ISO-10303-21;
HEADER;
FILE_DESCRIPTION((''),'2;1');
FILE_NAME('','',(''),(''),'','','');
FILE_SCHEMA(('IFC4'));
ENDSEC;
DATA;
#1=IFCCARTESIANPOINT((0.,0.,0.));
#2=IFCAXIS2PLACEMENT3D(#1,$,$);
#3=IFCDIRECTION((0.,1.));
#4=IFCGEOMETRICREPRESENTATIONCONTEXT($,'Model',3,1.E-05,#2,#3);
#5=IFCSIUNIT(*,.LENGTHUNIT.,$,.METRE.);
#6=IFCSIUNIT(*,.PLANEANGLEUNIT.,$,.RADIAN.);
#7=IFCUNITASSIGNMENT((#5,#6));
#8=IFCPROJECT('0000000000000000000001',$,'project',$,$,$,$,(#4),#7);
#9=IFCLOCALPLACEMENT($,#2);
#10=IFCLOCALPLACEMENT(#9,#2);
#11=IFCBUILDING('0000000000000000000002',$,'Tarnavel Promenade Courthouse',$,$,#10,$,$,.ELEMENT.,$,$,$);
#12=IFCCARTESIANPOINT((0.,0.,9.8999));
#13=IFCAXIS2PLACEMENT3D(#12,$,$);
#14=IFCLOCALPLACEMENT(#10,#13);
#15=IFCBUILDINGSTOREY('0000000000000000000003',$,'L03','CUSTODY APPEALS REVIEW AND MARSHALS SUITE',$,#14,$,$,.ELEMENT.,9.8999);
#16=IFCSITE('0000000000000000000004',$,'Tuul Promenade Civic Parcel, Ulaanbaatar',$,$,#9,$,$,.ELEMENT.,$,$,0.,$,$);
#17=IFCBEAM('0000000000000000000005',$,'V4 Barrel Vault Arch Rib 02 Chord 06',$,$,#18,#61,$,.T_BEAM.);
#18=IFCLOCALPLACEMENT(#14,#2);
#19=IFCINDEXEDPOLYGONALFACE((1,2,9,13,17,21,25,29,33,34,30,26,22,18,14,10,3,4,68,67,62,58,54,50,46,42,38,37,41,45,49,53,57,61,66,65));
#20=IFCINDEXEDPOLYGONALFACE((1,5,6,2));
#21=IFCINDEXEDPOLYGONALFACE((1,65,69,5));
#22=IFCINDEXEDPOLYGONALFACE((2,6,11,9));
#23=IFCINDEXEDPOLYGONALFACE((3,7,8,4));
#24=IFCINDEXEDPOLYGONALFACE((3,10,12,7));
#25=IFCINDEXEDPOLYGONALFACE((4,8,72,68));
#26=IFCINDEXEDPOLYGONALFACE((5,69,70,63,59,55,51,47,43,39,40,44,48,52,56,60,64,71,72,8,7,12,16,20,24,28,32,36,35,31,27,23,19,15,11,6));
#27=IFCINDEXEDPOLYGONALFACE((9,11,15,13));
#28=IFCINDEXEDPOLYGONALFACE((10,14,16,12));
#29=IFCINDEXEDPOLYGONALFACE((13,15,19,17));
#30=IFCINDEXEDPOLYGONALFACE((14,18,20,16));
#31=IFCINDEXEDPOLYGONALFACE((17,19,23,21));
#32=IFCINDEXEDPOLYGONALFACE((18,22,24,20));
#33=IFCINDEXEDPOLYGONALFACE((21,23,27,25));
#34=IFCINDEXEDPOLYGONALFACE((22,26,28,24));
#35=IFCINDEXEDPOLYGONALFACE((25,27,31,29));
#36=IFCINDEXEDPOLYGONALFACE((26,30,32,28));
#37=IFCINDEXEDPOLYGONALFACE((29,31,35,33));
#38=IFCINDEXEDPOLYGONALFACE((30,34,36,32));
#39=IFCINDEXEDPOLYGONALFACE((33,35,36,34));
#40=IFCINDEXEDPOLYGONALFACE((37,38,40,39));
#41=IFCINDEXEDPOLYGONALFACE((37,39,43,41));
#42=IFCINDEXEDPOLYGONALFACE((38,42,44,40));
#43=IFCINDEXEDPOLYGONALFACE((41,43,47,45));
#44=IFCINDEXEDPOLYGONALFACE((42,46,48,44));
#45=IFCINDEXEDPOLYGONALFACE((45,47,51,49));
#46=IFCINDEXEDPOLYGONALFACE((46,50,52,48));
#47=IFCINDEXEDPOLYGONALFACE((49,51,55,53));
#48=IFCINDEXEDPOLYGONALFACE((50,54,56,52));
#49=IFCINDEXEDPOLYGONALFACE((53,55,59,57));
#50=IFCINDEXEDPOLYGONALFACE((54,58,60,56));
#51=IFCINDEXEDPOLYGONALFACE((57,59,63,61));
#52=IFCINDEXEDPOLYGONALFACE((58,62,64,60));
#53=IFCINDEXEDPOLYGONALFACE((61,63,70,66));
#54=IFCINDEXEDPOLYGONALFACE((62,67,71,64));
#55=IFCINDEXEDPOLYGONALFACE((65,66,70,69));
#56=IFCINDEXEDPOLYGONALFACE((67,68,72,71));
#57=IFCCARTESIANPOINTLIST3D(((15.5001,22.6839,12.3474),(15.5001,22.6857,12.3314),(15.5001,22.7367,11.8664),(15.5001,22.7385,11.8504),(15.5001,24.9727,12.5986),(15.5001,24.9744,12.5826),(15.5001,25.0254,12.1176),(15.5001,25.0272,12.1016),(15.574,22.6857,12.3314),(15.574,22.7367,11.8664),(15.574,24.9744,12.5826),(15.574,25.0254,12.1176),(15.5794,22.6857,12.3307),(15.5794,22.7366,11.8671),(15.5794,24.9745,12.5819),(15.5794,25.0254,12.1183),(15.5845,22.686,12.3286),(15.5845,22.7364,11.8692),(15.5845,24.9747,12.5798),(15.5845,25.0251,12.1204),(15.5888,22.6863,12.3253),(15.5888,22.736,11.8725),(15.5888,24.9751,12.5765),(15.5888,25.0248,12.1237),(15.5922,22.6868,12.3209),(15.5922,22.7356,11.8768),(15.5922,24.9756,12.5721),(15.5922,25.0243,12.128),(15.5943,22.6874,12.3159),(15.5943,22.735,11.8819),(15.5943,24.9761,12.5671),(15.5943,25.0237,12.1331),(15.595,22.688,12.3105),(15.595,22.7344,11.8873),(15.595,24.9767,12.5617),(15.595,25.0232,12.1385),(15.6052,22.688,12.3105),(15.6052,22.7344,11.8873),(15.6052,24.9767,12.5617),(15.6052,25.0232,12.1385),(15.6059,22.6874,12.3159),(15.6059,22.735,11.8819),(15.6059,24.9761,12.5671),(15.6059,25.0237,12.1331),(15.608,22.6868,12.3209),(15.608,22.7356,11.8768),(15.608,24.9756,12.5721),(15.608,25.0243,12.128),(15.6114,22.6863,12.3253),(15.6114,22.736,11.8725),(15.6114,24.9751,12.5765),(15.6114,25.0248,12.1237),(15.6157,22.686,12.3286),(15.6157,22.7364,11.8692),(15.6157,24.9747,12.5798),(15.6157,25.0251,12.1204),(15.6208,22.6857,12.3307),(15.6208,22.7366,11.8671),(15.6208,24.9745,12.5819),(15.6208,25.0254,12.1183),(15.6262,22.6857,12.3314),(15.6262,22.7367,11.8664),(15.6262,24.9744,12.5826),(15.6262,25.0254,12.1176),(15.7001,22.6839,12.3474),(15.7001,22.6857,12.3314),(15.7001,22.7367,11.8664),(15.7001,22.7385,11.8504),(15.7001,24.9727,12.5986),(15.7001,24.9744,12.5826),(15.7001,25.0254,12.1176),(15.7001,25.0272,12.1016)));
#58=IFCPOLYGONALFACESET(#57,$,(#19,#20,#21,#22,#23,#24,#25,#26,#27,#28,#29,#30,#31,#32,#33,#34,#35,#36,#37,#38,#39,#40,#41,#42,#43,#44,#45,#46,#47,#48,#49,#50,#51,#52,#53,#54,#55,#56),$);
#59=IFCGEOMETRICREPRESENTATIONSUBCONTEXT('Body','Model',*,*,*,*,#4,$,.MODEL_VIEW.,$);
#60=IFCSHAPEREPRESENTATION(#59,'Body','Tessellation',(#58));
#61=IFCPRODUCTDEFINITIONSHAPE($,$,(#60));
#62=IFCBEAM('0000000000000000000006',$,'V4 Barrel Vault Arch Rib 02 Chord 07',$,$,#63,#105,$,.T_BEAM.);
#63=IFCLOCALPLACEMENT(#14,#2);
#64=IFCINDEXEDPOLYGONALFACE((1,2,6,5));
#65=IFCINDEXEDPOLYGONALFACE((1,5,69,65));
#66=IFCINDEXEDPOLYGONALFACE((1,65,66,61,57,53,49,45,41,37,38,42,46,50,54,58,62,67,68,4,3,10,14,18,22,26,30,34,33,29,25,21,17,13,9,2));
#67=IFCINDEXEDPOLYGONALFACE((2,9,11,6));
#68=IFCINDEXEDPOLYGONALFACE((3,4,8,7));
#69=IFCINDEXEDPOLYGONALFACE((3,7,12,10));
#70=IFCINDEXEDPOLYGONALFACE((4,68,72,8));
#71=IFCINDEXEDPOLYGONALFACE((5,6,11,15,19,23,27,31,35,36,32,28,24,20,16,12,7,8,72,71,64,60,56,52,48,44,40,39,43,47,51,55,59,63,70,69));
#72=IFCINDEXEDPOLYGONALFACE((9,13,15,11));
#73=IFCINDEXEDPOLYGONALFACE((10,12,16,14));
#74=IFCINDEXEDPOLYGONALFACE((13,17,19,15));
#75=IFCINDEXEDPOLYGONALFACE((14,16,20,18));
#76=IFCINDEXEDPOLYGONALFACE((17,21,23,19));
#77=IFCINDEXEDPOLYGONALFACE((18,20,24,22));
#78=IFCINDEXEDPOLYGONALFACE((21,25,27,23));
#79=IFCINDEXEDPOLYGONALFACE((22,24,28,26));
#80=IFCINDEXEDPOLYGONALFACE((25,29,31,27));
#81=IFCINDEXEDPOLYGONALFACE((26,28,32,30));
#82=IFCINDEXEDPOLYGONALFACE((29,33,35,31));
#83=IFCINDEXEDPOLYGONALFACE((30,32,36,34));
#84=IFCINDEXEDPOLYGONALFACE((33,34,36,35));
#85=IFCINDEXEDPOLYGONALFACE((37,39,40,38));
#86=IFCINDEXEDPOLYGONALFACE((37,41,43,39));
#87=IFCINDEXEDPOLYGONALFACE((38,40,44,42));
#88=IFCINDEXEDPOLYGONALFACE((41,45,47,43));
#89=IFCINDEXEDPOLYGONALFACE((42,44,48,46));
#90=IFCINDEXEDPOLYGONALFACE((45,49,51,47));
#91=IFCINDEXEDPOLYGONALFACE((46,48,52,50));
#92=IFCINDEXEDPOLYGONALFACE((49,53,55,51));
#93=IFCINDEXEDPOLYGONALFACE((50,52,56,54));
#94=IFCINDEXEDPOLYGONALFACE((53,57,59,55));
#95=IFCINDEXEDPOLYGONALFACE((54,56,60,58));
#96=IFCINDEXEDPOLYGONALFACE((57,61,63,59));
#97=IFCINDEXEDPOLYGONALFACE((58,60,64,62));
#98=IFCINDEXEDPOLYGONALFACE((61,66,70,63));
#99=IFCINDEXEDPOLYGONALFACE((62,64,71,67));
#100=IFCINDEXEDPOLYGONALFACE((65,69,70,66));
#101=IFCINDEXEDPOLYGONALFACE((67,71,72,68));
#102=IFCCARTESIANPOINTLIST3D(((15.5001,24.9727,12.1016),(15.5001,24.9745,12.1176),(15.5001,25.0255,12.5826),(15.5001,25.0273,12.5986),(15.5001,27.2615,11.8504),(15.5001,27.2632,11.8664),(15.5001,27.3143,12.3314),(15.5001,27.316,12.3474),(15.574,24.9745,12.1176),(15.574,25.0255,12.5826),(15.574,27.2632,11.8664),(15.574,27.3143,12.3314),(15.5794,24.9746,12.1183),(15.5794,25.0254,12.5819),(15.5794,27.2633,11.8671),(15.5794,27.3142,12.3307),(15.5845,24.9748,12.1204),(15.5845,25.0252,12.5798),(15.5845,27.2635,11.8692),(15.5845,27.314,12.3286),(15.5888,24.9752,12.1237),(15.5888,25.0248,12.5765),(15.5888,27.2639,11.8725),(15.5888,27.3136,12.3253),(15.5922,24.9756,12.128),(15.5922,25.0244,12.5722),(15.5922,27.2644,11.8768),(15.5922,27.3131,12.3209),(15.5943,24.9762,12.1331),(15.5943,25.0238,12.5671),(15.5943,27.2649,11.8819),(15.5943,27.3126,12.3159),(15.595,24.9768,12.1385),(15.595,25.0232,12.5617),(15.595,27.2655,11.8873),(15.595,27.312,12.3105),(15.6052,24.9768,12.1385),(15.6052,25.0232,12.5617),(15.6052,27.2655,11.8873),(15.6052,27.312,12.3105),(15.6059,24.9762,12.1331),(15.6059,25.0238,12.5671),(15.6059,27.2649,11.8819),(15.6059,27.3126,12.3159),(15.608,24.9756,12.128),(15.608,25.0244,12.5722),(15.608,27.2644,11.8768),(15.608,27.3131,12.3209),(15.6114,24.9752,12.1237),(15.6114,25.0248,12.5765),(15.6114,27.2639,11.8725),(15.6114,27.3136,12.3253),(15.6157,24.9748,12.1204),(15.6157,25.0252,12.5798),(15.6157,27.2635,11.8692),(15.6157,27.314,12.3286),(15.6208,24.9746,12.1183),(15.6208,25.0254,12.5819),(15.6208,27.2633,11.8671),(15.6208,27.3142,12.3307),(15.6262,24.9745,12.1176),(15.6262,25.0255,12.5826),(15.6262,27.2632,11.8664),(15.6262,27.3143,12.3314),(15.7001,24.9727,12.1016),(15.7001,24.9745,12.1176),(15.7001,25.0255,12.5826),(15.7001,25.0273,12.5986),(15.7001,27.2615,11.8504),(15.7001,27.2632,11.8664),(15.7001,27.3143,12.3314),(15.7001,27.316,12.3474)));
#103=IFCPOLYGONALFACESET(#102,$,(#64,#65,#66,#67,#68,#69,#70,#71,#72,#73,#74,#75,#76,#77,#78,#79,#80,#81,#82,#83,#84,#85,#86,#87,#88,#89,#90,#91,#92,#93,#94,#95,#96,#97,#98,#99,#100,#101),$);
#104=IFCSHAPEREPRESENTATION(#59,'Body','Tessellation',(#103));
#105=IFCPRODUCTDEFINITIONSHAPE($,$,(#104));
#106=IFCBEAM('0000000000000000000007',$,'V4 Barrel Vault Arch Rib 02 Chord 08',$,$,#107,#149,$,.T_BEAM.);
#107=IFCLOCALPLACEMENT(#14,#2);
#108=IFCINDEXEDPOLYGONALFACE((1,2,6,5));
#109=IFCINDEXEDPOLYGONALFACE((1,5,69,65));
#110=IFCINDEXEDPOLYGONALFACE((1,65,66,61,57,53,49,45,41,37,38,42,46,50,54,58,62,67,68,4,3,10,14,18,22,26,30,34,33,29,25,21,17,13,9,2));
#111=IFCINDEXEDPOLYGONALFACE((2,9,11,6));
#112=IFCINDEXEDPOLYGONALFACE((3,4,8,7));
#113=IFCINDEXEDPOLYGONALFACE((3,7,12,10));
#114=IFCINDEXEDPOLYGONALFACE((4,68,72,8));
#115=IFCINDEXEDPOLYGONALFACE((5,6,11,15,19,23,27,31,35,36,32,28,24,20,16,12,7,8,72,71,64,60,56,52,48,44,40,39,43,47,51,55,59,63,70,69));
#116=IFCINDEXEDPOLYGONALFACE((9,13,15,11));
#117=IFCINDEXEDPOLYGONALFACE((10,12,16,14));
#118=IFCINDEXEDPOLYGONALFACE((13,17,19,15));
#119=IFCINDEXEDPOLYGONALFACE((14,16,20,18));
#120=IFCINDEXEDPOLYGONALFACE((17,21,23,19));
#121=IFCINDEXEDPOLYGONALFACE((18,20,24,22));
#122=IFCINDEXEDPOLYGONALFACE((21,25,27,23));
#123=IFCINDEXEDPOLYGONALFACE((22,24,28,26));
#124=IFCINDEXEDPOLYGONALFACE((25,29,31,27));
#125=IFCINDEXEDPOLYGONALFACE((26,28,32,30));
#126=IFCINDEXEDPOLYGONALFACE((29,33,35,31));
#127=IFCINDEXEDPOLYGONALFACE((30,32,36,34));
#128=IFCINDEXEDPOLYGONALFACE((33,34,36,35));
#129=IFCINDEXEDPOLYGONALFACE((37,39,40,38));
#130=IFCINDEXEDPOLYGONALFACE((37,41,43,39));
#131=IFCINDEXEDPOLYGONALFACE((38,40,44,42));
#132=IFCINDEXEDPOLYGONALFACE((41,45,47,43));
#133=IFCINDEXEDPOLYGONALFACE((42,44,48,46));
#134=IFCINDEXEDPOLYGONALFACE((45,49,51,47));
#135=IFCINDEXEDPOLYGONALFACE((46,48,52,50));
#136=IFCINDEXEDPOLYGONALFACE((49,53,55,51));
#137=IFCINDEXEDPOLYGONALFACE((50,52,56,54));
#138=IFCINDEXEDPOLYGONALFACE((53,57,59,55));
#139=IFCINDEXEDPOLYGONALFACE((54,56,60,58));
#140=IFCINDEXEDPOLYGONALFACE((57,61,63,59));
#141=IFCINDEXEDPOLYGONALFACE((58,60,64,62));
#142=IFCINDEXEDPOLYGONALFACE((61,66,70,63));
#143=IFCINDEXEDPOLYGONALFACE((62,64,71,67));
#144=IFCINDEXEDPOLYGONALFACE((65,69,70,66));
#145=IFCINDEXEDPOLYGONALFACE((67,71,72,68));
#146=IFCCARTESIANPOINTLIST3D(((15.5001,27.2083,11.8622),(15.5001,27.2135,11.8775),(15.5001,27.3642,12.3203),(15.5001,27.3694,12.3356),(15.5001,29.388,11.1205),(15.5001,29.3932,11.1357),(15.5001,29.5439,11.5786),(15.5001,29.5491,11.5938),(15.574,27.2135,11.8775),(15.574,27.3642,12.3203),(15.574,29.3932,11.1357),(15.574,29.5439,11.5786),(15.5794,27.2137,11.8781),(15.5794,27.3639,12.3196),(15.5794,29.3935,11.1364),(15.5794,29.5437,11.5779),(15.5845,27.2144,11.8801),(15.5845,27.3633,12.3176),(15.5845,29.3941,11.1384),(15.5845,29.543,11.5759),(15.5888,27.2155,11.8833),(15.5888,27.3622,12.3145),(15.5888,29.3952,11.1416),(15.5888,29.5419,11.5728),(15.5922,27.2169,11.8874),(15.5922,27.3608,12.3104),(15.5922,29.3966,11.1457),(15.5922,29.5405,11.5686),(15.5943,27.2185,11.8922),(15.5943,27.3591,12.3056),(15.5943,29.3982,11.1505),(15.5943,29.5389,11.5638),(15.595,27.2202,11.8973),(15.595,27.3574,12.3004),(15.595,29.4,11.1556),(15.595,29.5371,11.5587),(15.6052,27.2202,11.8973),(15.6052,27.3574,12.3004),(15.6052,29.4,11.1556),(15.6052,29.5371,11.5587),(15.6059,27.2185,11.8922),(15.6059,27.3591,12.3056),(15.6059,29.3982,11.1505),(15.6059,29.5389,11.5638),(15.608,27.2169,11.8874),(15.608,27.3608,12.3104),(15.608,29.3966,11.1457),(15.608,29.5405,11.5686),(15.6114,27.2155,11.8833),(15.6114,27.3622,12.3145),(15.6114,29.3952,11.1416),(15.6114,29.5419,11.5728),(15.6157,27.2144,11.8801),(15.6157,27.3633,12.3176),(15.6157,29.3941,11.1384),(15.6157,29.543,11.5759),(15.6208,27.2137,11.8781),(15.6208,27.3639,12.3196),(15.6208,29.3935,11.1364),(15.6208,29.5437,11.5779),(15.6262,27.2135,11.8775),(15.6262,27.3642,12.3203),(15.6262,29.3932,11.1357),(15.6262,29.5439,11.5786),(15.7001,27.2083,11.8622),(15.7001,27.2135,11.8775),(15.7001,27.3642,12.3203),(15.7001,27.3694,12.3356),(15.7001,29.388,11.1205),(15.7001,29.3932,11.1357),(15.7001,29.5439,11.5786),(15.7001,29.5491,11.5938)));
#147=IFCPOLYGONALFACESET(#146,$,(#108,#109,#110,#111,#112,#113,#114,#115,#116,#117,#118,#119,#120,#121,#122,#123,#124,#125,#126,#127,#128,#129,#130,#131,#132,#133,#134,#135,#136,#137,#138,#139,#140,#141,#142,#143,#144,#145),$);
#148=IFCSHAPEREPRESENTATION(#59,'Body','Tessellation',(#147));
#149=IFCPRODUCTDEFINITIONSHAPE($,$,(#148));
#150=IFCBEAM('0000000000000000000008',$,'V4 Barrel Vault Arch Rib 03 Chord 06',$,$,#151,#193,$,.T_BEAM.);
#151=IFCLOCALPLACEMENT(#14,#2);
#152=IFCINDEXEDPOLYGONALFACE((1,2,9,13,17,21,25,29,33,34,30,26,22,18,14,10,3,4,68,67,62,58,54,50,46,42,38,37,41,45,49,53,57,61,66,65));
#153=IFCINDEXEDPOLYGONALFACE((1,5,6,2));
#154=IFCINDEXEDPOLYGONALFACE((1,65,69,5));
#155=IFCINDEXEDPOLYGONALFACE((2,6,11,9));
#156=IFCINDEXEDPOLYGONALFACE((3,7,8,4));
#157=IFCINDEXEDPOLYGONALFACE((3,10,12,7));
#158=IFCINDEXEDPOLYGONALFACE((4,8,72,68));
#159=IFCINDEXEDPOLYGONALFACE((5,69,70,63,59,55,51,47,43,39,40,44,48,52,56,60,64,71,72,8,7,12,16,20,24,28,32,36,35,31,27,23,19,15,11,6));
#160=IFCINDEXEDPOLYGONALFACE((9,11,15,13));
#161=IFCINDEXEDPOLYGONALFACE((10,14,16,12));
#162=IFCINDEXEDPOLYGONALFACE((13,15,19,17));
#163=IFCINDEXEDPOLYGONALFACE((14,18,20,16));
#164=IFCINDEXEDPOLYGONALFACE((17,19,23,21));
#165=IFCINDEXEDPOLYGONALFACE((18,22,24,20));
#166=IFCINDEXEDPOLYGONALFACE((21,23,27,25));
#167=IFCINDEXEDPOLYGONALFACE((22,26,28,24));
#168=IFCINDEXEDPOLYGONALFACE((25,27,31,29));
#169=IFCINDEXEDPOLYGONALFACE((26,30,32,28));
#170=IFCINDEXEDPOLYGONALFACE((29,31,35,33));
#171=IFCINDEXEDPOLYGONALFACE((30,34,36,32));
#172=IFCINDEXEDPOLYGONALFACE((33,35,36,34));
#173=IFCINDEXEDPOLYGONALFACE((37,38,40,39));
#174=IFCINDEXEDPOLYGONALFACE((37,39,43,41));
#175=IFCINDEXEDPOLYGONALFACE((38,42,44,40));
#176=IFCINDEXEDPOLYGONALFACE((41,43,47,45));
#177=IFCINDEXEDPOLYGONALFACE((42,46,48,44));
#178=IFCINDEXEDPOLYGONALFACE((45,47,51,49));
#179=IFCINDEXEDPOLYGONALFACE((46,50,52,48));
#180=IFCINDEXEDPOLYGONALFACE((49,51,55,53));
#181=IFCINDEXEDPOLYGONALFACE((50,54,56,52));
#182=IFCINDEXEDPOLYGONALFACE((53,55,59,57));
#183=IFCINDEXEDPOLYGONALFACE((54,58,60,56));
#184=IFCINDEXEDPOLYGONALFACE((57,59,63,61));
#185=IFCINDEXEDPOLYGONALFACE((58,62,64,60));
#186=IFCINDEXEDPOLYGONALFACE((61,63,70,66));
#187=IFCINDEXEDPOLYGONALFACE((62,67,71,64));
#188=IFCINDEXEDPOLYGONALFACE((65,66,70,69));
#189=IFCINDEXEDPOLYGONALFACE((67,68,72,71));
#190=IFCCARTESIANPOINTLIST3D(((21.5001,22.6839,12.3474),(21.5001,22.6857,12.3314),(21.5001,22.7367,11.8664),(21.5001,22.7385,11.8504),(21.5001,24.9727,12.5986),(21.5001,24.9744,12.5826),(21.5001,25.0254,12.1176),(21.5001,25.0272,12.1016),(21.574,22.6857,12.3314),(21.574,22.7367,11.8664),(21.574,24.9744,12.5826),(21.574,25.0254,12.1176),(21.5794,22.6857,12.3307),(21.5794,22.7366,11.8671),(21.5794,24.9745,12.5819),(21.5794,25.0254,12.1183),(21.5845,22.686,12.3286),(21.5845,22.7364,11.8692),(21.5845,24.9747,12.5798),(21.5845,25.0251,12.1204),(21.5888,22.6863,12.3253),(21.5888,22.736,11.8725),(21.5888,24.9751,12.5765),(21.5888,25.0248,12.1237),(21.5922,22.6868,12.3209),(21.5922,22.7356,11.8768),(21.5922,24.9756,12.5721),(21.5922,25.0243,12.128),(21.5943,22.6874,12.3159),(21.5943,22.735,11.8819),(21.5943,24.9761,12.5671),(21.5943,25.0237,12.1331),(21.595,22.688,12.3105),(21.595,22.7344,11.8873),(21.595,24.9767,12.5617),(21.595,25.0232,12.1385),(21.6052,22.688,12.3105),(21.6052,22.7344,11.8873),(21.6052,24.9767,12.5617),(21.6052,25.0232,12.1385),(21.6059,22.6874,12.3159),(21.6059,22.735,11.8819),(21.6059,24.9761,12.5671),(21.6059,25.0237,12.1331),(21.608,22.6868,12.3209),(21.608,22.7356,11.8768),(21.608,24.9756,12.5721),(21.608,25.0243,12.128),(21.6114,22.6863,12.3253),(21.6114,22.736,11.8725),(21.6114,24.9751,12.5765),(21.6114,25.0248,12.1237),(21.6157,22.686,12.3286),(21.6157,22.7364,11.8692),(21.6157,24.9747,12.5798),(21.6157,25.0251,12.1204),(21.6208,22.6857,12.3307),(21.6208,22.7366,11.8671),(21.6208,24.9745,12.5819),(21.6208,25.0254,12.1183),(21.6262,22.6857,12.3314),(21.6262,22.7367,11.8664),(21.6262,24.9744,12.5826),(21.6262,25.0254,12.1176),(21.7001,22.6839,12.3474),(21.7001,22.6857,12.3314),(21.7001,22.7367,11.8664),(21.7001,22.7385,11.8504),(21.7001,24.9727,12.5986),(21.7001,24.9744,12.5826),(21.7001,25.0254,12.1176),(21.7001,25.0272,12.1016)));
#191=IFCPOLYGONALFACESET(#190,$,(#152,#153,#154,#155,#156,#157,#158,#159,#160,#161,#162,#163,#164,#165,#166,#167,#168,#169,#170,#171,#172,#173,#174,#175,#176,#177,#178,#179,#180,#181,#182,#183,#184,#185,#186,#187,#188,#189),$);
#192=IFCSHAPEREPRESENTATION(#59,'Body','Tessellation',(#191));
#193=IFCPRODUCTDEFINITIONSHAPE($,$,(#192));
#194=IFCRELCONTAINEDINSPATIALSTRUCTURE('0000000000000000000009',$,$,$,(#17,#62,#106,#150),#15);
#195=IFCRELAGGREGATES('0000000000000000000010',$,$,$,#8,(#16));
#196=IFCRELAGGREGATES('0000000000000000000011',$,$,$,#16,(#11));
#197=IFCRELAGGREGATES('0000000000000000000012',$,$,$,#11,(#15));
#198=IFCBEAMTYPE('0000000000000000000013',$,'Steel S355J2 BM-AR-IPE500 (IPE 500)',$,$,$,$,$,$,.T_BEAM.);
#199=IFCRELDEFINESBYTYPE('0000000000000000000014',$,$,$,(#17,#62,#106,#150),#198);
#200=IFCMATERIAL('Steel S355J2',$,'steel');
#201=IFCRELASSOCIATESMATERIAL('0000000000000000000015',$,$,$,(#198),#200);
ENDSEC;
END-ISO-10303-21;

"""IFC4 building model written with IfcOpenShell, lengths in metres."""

from ifc_helpers import new_model, si_unit, direction, frame, origin, origin_2d, place, context, subcontext, project, spatial, i_section, extrude, material, material_profile, profile_set, type_object, element, save


model = new_model("IFC4")

# Units and contexts
model_context = context("Model", 3, precision=1e-05, world=origin(), true_north=direction((0.0, 1.0)))
body_context = subcontext(model_context, "Body", "Model", "MODEL_VIEW")
ifc_project = project(units=[si_unit("LENGTHUNIT", "METRE"), si_unit("PLANEANGLEUNIT", "RADIAN")], contexts=[model_context])

# Site, building, storey
site_placement = place(None, origin())
site = spatial("IfcSite", under=ifc_project, at=site_placement, Name="Tuul Promenade Civic Parcel, Ulaanbaatar", CompositionType="ELEMENT", RefElevation=0.0)
building_placement = place(site_placement, origin())
building = spatial("IfcBuilding", under=site, at=building_placement, Name="Tarnavel Promenade Courthouse", CompositionType="ELEMENT")
storey_placement = place(building_placement, frame((0.0, 0.0, 9.8999)))
storey = spatial("IfcBuildingStorey", under=building, at=storey_placement, Name="L03", Description="CUSTODY APPEALS REVIEW AND MARSHALS SUITE", CompositionType="ELEMENT", Elevation=9.8999)

# Beams
ifc_material_1 = material(Name="Steel S355J2", Category="steel")
ifc_material_profile_1 = material_profile(ifc_material_1, i_section(OverallWidth=0.2, OverallDepth=0.5, WebThickness=0.0103, FlangeThickness=0.0161, FilletRadius=0.021, at=origin_2d()), Name="IPE 500")
ifc_profile_set_1 = profile_set([ifc_material_profile_1], Name="Steel S355J2")
beam_type = type_object("IfcBeamType", Name="Steel S355J2 BM-AR-IPE500 (IPE 500)", PredefinedType="T_BEAM", material=ifc_profile_set_1)
for number, where, z_axis, x_axis, name in (
    (1, (15.6001, 22.7112, 12.0989), (0.0, 0.99403, 0.109105), (-1.0, 0.0, 0.0), "V4 Barrel Vault Arch Rib 02 Chord 06"),
    (2, (15.6001, 25.0, 12.3501), (0.0, 0.99403, -0.109105), (-1.0, 0.0, 0.0), "V4 Barrel Vault Arch Rib 02 Chord 07"),
    (3, (15.6001, 27.2888, 12.0989), (0.0, 0.946693, -0.322138), (-1.0, 0.0, 0.0), "V4 Barrel Vault Arch Rib 02 Chord 08"),
    (4, (21.6001, 22.7112, 12.0989), (0.0, 0.99403, 0.109105), (-1.0, 0.0, 0.0), "V4 Barrel Vault Arch Rib 03 Chord 06"),
):
    element("IfcBeam", number, at=place(storey_placement, frame(where, z_axis=z_axis, x_axis=x_axis)), inside=storey, type_object=beam_type, Name=name, PredefinedType="T_BEAM", context=body_context, shape_type="SweptSolid", body=[
        extrude(i_section(OverallWidth=0.2, OverallDepth=0.5, WebThickness=0.0103, FlangeThickness=0.0161, FilletRadius=0.021, at=origin_2d()), origin(), (0.0, 0.0, 1.0), 2.3025),
    ])

save(model, "model.ifc")
